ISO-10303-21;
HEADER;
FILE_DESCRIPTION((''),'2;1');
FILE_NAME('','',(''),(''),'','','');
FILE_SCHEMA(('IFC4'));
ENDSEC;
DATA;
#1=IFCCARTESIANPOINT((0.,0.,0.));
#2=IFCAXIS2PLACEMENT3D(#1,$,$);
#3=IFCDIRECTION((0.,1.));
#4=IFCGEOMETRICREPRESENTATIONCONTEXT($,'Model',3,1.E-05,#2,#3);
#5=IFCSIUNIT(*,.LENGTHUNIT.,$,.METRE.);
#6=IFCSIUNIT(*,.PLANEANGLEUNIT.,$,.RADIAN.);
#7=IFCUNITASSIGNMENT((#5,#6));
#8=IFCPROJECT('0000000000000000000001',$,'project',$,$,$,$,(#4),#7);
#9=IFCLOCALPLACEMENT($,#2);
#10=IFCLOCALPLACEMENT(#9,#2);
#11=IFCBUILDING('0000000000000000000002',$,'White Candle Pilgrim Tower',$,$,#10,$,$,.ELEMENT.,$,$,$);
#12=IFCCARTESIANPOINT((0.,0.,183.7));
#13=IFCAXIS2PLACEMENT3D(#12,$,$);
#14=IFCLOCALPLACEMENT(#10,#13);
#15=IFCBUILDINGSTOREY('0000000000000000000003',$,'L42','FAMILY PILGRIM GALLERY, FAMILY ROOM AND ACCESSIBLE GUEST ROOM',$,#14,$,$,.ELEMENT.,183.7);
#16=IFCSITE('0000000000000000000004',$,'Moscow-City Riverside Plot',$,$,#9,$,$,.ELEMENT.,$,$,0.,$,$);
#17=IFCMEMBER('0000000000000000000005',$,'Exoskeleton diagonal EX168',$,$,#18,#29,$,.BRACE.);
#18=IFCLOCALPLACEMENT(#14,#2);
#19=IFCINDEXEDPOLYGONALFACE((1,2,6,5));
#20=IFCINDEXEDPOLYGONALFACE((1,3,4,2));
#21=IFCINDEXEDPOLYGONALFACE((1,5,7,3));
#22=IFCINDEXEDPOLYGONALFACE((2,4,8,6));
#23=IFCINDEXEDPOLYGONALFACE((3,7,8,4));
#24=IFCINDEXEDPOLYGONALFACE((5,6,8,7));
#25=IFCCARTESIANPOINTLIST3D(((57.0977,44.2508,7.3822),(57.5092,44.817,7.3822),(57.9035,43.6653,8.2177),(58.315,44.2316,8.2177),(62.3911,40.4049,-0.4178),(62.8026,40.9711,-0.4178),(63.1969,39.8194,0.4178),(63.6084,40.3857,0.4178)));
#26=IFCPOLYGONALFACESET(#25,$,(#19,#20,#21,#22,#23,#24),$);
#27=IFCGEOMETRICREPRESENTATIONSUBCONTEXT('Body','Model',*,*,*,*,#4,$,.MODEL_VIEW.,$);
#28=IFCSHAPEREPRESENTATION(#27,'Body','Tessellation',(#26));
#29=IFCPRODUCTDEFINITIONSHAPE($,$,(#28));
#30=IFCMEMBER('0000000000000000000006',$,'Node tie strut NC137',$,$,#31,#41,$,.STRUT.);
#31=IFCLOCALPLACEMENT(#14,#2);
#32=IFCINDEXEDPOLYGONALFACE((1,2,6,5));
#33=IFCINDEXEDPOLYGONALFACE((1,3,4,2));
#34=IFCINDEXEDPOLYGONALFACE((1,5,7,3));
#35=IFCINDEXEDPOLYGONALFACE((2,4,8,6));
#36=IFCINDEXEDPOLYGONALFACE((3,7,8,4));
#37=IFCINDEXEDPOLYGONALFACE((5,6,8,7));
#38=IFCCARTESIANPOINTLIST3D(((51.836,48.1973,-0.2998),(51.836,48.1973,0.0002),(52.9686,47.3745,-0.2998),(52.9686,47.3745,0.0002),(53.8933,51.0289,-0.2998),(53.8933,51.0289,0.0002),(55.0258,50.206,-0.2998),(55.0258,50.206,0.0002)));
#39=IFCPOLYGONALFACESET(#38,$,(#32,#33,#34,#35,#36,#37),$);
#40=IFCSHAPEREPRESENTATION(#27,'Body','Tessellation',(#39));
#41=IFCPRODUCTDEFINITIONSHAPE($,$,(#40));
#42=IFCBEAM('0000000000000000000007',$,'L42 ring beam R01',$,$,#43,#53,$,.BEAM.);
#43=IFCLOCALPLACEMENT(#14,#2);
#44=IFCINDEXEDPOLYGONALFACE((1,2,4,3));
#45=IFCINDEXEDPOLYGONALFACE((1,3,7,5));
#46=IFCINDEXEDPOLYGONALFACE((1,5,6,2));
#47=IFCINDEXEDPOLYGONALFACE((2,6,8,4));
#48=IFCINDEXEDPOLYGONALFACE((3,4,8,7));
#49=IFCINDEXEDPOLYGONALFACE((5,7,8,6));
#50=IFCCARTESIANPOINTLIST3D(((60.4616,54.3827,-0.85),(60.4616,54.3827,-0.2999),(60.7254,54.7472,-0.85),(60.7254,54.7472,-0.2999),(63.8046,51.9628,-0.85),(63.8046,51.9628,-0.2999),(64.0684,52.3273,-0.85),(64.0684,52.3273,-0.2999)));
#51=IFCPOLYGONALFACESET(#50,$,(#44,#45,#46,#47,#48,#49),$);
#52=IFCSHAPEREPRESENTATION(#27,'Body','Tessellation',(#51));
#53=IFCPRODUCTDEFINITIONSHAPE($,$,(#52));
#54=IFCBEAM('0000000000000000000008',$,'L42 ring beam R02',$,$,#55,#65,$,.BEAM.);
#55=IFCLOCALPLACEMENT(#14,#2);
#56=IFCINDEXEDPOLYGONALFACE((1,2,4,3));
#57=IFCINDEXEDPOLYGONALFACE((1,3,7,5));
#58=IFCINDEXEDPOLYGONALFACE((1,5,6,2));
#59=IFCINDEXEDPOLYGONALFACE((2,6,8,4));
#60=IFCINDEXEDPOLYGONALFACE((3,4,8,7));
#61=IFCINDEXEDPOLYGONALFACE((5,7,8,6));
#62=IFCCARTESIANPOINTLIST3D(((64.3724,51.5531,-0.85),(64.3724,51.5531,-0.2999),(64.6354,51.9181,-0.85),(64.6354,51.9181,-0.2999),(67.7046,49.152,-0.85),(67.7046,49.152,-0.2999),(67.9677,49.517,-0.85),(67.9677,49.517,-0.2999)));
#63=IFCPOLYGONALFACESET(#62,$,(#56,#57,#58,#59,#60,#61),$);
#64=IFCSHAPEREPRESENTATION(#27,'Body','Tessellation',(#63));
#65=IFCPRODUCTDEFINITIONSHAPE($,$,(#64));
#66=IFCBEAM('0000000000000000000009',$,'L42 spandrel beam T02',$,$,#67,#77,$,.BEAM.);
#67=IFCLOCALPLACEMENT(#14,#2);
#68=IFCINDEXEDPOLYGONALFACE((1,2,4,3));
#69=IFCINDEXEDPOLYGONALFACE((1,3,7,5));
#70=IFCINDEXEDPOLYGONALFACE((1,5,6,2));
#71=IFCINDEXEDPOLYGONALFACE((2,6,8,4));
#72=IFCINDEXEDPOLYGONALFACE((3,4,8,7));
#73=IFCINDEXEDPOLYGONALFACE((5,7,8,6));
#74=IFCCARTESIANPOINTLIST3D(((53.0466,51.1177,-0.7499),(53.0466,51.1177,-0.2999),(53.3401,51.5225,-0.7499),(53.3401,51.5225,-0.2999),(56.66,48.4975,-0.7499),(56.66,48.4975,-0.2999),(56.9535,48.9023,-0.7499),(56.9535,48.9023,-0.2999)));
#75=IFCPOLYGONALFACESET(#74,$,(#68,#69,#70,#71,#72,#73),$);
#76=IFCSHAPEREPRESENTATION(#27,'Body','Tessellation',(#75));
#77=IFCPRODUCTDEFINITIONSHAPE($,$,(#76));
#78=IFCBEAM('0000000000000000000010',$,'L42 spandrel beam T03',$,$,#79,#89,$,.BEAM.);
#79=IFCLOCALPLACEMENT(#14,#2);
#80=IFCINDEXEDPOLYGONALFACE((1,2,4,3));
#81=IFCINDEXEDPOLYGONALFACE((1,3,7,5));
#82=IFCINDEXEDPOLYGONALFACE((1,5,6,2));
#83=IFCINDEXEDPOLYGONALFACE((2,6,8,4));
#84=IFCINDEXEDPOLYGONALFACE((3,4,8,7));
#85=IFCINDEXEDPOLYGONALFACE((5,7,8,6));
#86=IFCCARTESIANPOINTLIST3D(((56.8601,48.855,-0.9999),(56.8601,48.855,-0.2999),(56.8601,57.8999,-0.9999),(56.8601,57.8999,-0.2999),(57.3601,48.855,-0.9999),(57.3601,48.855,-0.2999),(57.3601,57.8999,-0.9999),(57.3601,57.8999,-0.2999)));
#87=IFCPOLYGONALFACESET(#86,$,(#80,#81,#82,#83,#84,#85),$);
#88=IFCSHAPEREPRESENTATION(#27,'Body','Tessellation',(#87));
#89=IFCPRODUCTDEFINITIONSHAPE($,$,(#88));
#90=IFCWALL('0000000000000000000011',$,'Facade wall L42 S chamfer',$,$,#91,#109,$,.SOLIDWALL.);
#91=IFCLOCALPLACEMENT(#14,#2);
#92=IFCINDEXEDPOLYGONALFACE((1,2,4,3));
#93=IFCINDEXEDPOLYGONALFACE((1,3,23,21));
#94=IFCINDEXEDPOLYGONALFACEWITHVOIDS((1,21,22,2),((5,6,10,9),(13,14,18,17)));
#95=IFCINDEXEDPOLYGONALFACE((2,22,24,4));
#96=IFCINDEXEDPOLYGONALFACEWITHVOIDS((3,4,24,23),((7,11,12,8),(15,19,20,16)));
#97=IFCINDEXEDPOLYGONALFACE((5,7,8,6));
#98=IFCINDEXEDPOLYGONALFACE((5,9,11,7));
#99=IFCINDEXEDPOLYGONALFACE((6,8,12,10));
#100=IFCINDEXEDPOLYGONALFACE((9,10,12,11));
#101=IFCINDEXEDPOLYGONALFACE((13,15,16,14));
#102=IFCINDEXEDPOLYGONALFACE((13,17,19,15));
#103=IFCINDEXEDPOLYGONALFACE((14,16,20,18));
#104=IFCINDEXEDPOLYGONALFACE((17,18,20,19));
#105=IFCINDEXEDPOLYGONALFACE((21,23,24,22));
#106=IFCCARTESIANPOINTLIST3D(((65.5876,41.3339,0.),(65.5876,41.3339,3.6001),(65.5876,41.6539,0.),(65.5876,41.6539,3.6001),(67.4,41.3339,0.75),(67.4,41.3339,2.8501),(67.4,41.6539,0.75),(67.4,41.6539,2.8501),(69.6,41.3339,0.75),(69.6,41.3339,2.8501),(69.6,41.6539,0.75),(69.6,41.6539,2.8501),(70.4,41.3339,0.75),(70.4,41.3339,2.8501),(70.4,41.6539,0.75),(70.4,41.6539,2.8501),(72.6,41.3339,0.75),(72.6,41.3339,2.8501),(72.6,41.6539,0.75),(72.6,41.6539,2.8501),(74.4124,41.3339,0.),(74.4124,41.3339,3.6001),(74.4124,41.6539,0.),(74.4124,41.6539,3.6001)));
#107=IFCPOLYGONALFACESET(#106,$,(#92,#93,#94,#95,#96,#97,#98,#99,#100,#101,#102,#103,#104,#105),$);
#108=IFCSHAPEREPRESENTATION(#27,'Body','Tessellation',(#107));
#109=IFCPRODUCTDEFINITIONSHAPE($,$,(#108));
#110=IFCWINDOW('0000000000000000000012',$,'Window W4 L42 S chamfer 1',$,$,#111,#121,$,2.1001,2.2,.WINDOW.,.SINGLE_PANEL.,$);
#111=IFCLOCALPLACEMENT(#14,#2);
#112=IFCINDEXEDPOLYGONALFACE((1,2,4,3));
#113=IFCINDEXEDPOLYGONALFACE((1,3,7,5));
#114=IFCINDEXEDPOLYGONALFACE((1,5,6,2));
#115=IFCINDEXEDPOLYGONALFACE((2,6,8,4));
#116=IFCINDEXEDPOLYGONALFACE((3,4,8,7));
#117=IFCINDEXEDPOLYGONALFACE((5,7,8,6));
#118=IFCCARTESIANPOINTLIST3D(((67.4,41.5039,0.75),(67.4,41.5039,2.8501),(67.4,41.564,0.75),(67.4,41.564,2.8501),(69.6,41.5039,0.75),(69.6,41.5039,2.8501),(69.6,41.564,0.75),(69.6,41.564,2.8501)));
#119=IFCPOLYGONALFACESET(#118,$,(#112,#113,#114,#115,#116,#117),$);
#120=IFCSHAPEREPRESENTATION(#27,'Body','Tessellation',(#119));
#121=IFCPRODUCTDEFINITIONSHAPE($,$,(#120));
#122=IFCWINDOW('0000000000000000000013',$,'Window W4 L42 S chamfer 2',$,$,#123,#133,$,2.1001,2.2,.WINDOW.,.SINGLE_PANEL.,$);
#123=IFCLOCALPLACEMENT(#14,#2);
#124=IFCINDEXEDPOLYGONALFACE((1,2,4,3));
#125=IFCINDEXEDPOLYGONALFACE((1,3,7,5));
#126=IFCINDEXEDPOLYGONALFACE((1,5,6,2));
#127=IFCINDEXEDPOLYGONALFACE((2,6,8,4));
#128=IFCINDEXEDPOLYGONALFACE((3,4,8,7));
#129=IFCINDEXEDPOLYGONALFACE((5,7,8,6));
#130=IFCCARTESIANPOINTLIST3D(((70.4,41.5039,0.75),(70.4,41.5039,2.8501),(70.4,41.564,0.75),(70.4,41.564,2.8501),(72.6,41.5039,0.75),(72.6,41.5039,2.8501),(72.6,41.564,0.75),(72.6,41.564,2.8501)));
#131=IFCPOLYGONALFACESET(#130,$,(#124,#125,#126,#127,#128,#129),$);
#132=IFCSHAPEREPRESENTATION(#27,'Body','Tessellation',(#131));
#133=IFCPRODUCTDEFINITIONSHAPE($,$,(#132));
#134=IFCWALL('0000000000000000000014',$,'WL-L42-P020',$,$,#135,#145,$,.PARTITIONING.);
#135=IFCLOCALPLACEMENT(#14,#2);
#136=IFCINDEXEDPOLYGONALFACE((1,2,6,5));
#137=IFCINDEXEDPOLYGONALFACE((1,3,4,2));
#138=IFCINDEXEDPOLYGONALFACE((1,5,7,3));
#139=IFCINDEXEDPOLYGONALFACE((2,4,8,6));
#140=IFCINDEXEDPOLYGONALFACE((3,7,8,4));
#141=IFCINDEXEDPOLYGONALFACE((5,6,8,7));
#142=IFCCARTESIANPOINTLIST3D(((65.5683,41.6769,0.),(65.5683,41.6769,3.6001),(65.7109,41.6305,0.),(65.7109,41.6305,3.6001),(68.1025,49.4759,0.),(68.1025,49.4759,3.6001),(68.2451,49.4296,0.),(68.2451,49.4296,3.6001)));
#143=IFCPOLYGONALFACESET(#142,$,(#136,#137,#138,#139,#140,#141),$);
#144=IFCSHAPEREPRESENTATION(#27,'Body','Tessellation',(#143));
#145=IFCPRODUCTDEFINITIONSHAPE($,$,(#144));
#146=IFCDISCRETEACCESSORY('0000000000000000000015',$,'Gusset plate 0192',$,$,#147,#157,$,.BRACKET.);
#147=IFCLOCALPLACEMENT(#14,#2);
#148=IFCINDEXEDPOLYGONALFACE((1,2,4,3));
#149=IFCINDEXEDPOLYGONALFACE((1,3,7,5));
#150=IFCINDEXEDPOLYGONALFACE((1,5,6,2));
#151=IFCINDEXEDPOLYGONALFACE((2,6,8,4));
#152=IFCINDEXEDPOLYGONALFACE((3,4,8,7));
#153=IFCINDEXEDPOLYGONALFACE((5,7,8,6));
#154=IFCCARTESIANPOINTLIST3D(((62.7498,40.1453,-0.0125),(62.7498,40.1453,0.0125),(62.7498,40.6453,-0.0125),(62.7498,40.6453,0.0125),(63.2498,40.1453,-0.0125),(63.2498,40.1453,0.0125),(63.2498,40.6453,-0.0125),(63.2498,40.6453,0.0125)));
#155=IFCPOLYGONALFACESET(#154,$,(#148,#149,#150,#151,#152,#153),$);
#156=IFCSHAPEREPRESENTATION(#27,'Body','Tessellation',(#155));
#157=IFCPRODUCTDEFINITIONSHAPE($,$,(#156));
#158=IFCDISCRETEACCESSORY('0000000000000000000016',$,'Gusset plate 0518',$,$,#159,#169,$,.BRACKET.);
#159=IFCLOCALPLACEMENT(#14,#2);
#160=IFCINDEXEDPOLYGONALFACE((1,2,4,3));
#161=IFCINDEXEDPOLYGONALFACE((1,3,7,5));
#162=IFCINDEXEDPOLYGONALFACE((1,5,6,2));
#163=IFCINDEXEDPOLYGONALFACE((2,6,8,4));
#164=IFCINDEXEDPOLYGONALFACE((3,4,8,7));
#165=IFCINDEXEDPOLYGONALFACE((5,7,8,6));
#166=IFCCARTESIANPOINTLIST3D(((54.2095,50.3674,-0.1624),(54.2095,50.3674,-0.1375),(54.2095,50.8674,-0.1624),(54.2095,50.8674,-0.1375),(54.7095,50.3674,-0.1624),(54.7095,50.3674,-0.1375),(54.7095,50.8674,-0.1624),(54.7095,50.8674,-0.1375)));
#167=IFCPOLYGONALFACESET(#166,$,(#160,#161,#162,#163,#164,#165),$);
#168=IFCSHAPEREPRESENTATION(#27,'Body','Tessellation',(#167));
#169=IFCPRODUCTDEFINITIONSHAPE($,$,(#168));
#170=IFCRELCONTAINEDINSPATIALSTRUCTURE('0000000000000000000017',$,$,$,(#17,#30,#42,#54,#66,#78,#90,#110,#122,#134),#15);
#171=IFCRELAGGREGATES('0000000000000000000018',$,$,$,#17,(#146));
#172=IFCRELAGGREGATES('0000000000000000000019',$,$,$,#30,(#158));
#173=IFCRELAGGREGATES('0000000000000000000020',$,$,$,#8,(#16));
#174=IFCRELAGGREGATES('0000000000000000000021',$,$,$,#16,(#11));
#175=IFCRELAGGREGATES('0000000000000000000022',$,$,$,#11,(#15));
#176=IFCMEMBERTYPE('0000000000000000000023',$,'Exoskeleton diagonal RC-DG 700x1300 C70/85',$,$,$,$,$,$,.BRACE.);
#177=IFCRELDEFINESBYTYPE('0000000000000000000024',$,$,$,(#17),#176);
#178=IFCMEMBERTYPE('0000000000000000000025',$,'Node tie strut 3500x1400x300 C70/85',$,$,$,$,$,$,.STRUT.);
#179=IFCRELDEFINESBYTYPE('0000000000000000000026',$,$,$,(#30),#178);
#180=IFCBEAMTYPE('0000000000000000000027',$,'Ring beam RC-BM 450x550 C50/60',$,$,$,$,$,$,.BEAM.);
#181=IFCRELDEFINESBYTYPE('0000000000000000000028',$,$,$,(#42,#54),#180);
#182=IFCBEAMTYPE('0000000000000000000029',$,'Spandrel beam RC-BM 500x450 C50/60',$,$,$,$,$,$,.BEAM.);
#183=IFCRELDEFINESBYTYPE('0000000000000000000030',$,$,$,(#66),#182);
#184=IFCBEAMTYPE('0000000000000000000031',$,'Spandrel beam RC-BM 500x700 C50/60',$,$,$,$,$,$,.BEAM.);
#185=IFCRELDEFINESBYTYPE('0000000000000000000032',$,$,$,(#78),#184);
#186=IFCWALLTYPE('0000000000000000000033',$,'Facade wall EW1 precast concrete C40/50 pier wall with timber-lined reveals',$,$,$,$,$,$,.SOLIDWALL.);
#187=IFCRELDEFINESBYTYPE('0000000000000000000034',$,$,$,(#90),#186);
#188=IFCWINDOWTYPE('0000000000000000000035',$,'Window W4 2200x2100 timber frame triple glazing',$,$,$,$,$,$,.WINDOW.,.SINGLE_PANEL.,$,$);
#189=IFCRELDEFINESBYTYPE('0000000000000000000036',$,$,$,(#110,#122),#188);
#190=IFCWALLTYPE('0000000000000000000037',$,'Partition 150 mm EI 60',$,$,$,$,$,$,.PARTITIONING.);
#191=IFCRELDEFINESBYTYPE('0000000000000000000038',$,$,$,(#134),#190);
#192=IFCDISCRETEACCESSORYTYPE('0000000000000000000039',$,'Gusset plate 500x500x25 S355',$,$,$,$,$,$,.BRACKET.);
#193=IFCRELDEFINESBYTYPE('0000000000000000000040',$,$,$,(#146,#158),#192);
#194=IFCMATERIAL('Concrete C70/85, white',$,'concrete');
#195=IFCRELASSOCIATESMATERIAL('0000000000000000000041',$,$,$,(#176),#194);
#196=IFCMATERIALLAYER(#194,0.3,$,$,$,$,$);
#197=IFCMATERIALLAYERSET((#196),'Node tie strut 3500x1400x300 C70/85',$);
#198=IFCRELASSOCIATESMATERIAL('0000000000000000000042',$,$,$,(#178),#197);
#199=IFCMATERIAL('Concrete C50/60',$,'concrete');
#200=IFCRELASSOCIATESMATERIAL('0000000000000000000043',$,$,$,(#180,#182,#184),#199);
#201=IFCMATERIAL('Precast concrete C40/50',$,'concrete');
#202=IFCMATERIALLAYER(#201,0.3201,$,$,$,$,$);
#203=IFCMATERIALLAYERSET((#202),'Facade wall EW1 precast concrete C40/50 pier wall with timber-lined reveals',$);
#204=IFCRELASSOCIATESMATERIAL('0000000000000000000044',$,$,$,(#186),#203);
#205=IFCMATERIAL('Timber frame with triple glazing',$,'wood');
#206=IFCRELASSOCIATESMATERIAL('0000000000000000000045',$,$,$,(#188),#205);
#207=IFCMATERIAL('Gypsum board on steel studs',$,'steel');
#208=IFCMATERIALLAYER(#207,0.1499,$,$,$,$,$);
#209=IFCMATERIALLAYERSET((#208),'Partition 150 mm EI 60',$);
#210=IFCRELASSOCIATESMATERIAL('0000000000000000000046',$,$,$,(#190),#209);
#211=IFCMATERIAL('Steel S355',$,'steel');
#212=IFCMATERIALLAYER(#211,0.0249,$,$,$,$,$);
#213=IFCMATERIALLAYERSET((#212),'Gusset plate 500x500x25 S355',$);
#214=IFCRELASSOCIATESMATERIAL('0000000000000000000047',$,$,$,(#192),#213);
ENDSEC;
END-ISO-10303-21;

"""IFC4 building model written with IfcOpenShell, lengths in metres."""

from ifc_helpers import new_model, si_unit, direction, frame, frame_2d, origin, origin_2d, place, context, subcontext, project, spatial, rectangle, extrude, material, layer, layer_set, material_profile, profile_set, type_object, element, fill, aggregate, save


model = new_model("IFC4")

# Units and contexts
model_context = context("Model", 3, precision=1e-05, world=origin(), true_north=direction((0.0, 1.0)))
body_context = subcontext(model_context, "Body", "Model", "MODEL_VIEW")
ifc_project = project(units=[si_unit("LENGTHUNIT", "METRE"), si_unit("PLANEANGLEUNIT", "RADIAN")], contexts=[model_context])

# Site, building, storey
site_placement = place(None, origin())
site = spatial("IfcSite", under=ifc_project, at=site_placement, Name="Moscow-City Riverside Plot", CompositionType="ELEMENT", RefElevation=0.0)
building_placement = place(site_placement, origin())
building = spatial("IfcBuilding", under=site, at=building_placement, Name="White Candle Pilgrim Tower", CompositionType="ELEMENT")
storey_placement = place(building_placement, frame((0.0, 0.0, 183.7)))
storey = spatial("IfcBuildingStorey", under=building, at=storey_placement, Name="L42", Description="FAMILY PILGRIM GALLERY, FAMILY ROOM AND ACCESSIBLE GUEST ROOM", CompositionType="ELEMENT", Elevation=183.7)

# Members
ifc_material_1 = material(Name="Concrete C70/85, white", Category="concrete")
ifc_material_profile_1 = material_profile(ifc_material_1, rectangle(XDim=0.7, YDim=1.3, at=origin_2d()), Name="RC-DG 700x1300")
ifc_profile_set_1 = profile_set([ifc_material_profile_1], Name="Concrete C70/85, white")
member_type_1 = type_object("IfcMemberType", Name="Exoskeleton diagonal RC-DG 700x1300 C70/85", PredefinedType="BRACE", material=ifc_profile_set_1)
member_1_placement = place(storey_placement, frame((62.9998, 40.3953, 0.0), z_axis=(-0.519935, 0.377757, 0.766138), x_axis=(-0.587788, -0.809015, 0.0)))
member_1 = element("IfcMember", 1, at=member_1_placement, inside=storey, type_object=member_type_1, Name="Exoskeleton diagonal EX168", PredefinedType="BRACE", context=body_context, shape_type="SweptSolid", body=[
    extrude(rectangle(XDim=0.7, YDim=1.3, at=origin_2d()), origin(), (0.0, 0.0, 1.0), 10.1809),
])
ifc_layer_1 = layer(ifc_material_1, 0.3)
ifc_layer_set_1 = layer_set([ifc_layer_1], Name="Node tie strut 3500x1400x300 C70/85")
member_type_2 = type_object("IfcMemberType", Name="Node tie strut 3500x1400x300 C70/85", PredefinedType="STRUT", material=ifc_layer_set_1)
member_2_placement = place(storey_placement, frame((53.4309, 49.2017, -0.2998), z_axis=(0.0, 0.0, 1.0), x_axis=(0.809017, -0.587785, 0.0)))
member_2 = element("IfcMember", 2, at=member_2_placement, inside=storey, type_object=member_type_2, Name="Node tie strut NC137", PredefinedType="STRUT", context=body_context, shape_type="SweptSolid", body=[
    extrude(rectangle(XDim=1.3999, YDim=3.5, at=origin_2d()), origin(), (0.0, 0.0, 1.0), 0.3),
])

# Beams
ifc_material_2 = material(Name="Concrete C50/60", Category="concrete")
ifc_material_profile_2 = material_profile(ifc_material_2, rectangle(XDim=0.45, YDim=0.55, at=origin_2d()), Name="RC-BM 450x550")
ifc_profile_set_2 = profile_set([ifc_material_profile_2], Name="Concrete C50/60")
beam_type_1 = type_object("IfcBeamType", Name="Ring beam RC-BM 450x550 C50/60", PredefinedType="BEAM", material=ifc_profile_set_2)
beam_1_placement = place(storey_placement, frame((60.5935, 54.5649, -0.575), z_axis=(0.810044, -0.586369, 0.0), x_axis=(0.586369, 0.810044, 0.0)))
element("IfcBeam", 3, at=beam_1_placement, inside=storey, type_object=beam_type_1, Name="L42 ring beam R01", PredefinedType="BEAM", context=body_context, shape_type="SweptSolid", body=[
    extrude(rectangle(XDim=0.45, YDim=0.55, at=origin_2d()), origin(), (0.0, 0.0, 1.0), 4.127),
])
beam_2_placement = place(storey_placement, frame((64.5039, 51.7356, -0.575), z_axis=(0.811317, -0.584607, 0.0), x_axis=(0.584607, 0.811317, 0.0)))
element("IfcBeam", 4, at=beam_2_placement, inside=storey, type_object=beam_type_1, Name="L42 ring beam R02", PredefinedType="BEAM", context=body_context, shape_type="SweptSolid", body=[
    extrude(rectangle(XDim=0.45, YDim=0.55, at=origin_2d()), origin(), (0.0, 0.0, 1.0), 4.1072),
])
ifc_material_profile_3 = material_profile(ifc_material_2, rectangle(XDim=0.5, YDim=0.45, at=origin_2d()), Name="RC-BM 500x450")
ifc_profile_set_3 = profile_set([ifc_material_profile_3], Name="Concrete C50/60")
beam_type_2 = type_object("IfcBeamType", Name="Spandrel beam RC-BM 500x450 C50/60", PredefinedType="BEAM", material=ifc_profile_set_3)
beam_3_placement = place(storey_placement, frame((53.1934, 51.3201, -0.5249), z_axis=(0.809558, -0.587039, 0.0), x_axis=(0.587039, 0.809558, 0.0)))
element("IfcBeam", 5, at=beam_3_placement, inside=storey, type_object=beam_type_2, Name="L42 spandrel beam T02", PredefinedType="BEAM", context=body_context, shape_type="SweptSolid", body=[
    extrude(rectangle(XDim=0.5, YDim=0.45, at=origin_2d()), origin(), (0.0, 0.0, 1.0), 4.4634),
])
ifc_material_profile_4 = material_profile(ifc_material_2, rectangle(XDim=0.5, YDim=0.7, at=origin_2d()), Name="RC-BM 500x700")
ifc_profile_set_4 = profile_set([ifc_material_profile_4], Name="Concrete C50/60")
beam_type_3 = type_object("IfcBeamType", Name="Spandrel beam RC-BM 500x700 C50/60", PredefinedType="BEAM", material=ifc_profile_set_4)
beam_4_placement = place(storey_placement, frame((57.1101, 48.855, -0.6499), z_axis=(0.0, 1.0, 0.0), x_axis=(-1.0, 0.0, 0.0)))
element("IfcBeam", 6, at=beam_4_placement, inside=storey, type_object=beam_type_3, Name="L42 spandrel beam T03", PredefinedType="BEAM", context=body_context, shape_type="SweptSolid", body=[
    extrude(rectangle(XDim=0.5, YDim=0.7, at=origin_2d()), origin(), (0.0, 0.0, 1.0), 9.0449),
])

# Wall, openings, windows
ifc_material_3 = material(Name="Precast concrete C40/50", Category="concrete")
ifc_layer_2 = layer(ifc_material_3, 0.3201)
ifc_layer_set_2 = layer_set([ifc_layer_2], Name="Facade wall EW1 precast concrete C40/50 pier wall with timber-lined reveals")
wall_type_1 = type_object("IfcWallType", Name="Facade wall EW1 precast concrete C40/50 pier wall with timber-lined reveals", PredefinedType="SOLIDWALL", material=ifc_layer_set_2)
wall_1_placement = place(storey_placement, frame((65.5876, 41.4939, 0.0), z_axis=(0.0, 0.0, 1.0), x_axis=(1.0, 0.0, 0.0)))
wall_1 = element("IfcWall", 7, at=wall_1_placement, inside=storey, type_object=wall_type_1, Name="Facade wall L42 S chamfer", PredefinedType="SOLIDWALL", context=body_context, shape_type="SweptSolid", body=[
    extrude(rectangle(XDim=8.8247, YDim=0.3201, at=frame_2d((4.4124, 0.0))), origin(), (0.0, 0.0, 1.0), 3.6001),
])
opening_1_placement = place(wall_1_placement, frame((1.8123, 0.0, 0.75)))
opening_1 = element("IfcOpeningElement", 8, at=opening_1_placement, cuts=wall_1, PredefinedType="OPENING", context=body_context, shape_type="SweptSolid", body=[
    extrude(rectangle(XDim=2.2, YDim=2.1001, at=frame_2d((1.1001, 1.05))), frame((0.0, 0.1699, 0.0), z_axis=(0.0, -1.0, 0.0), x_axis=(1.0, 0.0, 0.0)), (0.0, 0.0, 1.0), 0.3401),
])
opening_2_placement = place(wall_1_placement, frame((4.8123, 0.0, 0.75)))
opening_2 = element("IfcOpeningElement", 9, at=opening_2_placement, cuts=wall_1, PredefinedType="OPENING", context=body_context, shape_type="SweptSolid", body=[
    extrude(rectangle(XDim=2.2, YDim=2.1001, at=frame_2d((1.1001, 1.05))), frame((0.0, 0.1699, 0.0), z_axis=(0.0, -1.0, 0.0), x_axis=(1.0, 0.0, 0.0)), (0.0, 0.0, 1.0), 0.3401),
])
ifc_material_4 = material(Name="Timber frame with triple glazing", Category="wood")
window_type = type_object("IfcWindowType", Name="Window W4 2200x2100 timber frame triple glazing", PartitioningType="SINGLE_PANEL", PredefinedType="WINDOW", material=ifc_material_4)
window_1_placement = place(opening_1_placement, origin())
window_1 = element("IfcWindow", 10, at=window_1_placement, inside=storey, type_object=window_type, Name="Window W4 L42 S chamfer 1", OverallHeight=2.1001, OverallWidth=2.2, PartitioningType="SINGLE_PANEL", PredefinedType="WINDOW", context=body_context, shape_type="SweptSolid", body=[
    extrude(rectangle(XDim=2.2, YDim=2.1001, at=frame_2d((1.1001, 1.05))), frame((0.0, 0.0701, 0.0), z_axis=(0.0, -1.0, 0.0), x_axis=(1.0, 0.0, 0.0)), (0.0, 0.0, 1.0), 0.0601),
])
fill(opening_1, window_1)
window_2_placement = place(opening_2_placement, origin())
window_2 = element("IfcWindow", 11, at=window_2_placement, inside=storey, type_object=window_type, Name="Window W4 L42 S chamfer 2", OverallHeight=2.1001, OverallWidth=2.2, PartitioningType="SINGLE_PANEL", PredefinedType="WINDOW", context=body_context, shape_type="SweptSolid", body=[
    extrude(rectangle(XDim=2.2, YDim=2.1001, at=frame_2d((1.1001, 1.05))), frame((0.0, 0.0701, 0.0), z_axis=(0.0, -1.0, 0.0), x_axis=(1.0, 0.0, 0.0)), (0.0, 0.0, 1.0), 0.0601),
])
fill(opening_2, window_2)

# Wall
ifc_material_5 = material(Name="Gypsum board on steel studs", Category="steel")
ifc_layer_3 = layer(ifc_material_5, 0.1499)
ifc_layer_set_3 = layer_set([ifc_layer_3], Name="Partition 150 mm EI 60")
wall_type_2 = type_object("IfcWallType", Name="Partition 150 mm EI 60", PredefinedType="PARTITIONING", material=ifc_layer_set_3)
wall_2_placement = place(storey_placement, frame((65.6396, 41.6538, 0.0), z_axis=(0.0, 0.0, 1.0), x_axis=(0.309029, 0.951053, 0.0)))
element("IfcWall", 12, at=wall_2_placement, inside=storey, type_object=wall_type_2, Name="WL-L42-P020", PredefinedType="PARTITIONING", context=body_context, shape_type="SweptSolid", body=[
    extrude(rectangle(XDim=8.2004, YDim=0.1499, at=frame_2d((4.1001, 0.0))), origin(), (0.0, 0.0, 1.0), 3.6001),
])

# Discrete accessories
ifc_material_6 = material(Name="Steel S355", Category="steel")
ifc_layer_4 = layer(ifc_material_6, 0.0249)
ifc_layer_set_4 = layer_set([ifc_layer_4], Name="Gusset plate 500x500x25 S355")
discrete_accessory_type = type_object("IfcDiscreteAccessoryType", Name="Gusset plate 500x500x25 S355", PredefinedType="BRACKET", material=ifc_layer_set_4)
discrete_accessory_1_placement = place(storey_placement, frame((62.9998, 40.3953, -0.0125), z_axis=(0.0, 0.0, 1.0), x_axis=(1.0, 0.0, 0.0)))
discrete_accessory_1 = element("IfcDiscreteAccessory", 13, at=discrete_accessory_1_placement, type_object=discrete_accessory_type, Name="Gusset plate 0192", PredefinedType="BRACKET", context=body_context, shape_type="SweptSolid", body=[
    extrude(rectangle(XDim=0.5, YDim=0.5, at=origin_2d()), origin(), (0.0, 0.0, 1.0), 0.0249),
])
aggregate(member_1, [discrete_accessory_1])
discrete_accessory_2_placement = place(storey_placement, frame((54.4595, 50.6174, -0.1624), z_axis=(0.0, 0.0, 1.0), x_axis=(1.0, 0.0, 0.0)))
discrete_accessory_2 = element("IfcDiscreteAccessory", 14, at=discrete_accessory_2_placement, type_object=discrete_accessory_type, Name="Gusset plate 0518", PredefinedType="BRACKET", context=body_context, shape_type="SweptSolid", body=[
    extrude(rectangle(XDim=0.5, YDim=0.5, at=origin_2d()), origin(), (0.0, 0.0, 1.0), 0.0249),
])
aggregate(member_2, [discrete_accessory_2])

save(model, "model.ifc")
